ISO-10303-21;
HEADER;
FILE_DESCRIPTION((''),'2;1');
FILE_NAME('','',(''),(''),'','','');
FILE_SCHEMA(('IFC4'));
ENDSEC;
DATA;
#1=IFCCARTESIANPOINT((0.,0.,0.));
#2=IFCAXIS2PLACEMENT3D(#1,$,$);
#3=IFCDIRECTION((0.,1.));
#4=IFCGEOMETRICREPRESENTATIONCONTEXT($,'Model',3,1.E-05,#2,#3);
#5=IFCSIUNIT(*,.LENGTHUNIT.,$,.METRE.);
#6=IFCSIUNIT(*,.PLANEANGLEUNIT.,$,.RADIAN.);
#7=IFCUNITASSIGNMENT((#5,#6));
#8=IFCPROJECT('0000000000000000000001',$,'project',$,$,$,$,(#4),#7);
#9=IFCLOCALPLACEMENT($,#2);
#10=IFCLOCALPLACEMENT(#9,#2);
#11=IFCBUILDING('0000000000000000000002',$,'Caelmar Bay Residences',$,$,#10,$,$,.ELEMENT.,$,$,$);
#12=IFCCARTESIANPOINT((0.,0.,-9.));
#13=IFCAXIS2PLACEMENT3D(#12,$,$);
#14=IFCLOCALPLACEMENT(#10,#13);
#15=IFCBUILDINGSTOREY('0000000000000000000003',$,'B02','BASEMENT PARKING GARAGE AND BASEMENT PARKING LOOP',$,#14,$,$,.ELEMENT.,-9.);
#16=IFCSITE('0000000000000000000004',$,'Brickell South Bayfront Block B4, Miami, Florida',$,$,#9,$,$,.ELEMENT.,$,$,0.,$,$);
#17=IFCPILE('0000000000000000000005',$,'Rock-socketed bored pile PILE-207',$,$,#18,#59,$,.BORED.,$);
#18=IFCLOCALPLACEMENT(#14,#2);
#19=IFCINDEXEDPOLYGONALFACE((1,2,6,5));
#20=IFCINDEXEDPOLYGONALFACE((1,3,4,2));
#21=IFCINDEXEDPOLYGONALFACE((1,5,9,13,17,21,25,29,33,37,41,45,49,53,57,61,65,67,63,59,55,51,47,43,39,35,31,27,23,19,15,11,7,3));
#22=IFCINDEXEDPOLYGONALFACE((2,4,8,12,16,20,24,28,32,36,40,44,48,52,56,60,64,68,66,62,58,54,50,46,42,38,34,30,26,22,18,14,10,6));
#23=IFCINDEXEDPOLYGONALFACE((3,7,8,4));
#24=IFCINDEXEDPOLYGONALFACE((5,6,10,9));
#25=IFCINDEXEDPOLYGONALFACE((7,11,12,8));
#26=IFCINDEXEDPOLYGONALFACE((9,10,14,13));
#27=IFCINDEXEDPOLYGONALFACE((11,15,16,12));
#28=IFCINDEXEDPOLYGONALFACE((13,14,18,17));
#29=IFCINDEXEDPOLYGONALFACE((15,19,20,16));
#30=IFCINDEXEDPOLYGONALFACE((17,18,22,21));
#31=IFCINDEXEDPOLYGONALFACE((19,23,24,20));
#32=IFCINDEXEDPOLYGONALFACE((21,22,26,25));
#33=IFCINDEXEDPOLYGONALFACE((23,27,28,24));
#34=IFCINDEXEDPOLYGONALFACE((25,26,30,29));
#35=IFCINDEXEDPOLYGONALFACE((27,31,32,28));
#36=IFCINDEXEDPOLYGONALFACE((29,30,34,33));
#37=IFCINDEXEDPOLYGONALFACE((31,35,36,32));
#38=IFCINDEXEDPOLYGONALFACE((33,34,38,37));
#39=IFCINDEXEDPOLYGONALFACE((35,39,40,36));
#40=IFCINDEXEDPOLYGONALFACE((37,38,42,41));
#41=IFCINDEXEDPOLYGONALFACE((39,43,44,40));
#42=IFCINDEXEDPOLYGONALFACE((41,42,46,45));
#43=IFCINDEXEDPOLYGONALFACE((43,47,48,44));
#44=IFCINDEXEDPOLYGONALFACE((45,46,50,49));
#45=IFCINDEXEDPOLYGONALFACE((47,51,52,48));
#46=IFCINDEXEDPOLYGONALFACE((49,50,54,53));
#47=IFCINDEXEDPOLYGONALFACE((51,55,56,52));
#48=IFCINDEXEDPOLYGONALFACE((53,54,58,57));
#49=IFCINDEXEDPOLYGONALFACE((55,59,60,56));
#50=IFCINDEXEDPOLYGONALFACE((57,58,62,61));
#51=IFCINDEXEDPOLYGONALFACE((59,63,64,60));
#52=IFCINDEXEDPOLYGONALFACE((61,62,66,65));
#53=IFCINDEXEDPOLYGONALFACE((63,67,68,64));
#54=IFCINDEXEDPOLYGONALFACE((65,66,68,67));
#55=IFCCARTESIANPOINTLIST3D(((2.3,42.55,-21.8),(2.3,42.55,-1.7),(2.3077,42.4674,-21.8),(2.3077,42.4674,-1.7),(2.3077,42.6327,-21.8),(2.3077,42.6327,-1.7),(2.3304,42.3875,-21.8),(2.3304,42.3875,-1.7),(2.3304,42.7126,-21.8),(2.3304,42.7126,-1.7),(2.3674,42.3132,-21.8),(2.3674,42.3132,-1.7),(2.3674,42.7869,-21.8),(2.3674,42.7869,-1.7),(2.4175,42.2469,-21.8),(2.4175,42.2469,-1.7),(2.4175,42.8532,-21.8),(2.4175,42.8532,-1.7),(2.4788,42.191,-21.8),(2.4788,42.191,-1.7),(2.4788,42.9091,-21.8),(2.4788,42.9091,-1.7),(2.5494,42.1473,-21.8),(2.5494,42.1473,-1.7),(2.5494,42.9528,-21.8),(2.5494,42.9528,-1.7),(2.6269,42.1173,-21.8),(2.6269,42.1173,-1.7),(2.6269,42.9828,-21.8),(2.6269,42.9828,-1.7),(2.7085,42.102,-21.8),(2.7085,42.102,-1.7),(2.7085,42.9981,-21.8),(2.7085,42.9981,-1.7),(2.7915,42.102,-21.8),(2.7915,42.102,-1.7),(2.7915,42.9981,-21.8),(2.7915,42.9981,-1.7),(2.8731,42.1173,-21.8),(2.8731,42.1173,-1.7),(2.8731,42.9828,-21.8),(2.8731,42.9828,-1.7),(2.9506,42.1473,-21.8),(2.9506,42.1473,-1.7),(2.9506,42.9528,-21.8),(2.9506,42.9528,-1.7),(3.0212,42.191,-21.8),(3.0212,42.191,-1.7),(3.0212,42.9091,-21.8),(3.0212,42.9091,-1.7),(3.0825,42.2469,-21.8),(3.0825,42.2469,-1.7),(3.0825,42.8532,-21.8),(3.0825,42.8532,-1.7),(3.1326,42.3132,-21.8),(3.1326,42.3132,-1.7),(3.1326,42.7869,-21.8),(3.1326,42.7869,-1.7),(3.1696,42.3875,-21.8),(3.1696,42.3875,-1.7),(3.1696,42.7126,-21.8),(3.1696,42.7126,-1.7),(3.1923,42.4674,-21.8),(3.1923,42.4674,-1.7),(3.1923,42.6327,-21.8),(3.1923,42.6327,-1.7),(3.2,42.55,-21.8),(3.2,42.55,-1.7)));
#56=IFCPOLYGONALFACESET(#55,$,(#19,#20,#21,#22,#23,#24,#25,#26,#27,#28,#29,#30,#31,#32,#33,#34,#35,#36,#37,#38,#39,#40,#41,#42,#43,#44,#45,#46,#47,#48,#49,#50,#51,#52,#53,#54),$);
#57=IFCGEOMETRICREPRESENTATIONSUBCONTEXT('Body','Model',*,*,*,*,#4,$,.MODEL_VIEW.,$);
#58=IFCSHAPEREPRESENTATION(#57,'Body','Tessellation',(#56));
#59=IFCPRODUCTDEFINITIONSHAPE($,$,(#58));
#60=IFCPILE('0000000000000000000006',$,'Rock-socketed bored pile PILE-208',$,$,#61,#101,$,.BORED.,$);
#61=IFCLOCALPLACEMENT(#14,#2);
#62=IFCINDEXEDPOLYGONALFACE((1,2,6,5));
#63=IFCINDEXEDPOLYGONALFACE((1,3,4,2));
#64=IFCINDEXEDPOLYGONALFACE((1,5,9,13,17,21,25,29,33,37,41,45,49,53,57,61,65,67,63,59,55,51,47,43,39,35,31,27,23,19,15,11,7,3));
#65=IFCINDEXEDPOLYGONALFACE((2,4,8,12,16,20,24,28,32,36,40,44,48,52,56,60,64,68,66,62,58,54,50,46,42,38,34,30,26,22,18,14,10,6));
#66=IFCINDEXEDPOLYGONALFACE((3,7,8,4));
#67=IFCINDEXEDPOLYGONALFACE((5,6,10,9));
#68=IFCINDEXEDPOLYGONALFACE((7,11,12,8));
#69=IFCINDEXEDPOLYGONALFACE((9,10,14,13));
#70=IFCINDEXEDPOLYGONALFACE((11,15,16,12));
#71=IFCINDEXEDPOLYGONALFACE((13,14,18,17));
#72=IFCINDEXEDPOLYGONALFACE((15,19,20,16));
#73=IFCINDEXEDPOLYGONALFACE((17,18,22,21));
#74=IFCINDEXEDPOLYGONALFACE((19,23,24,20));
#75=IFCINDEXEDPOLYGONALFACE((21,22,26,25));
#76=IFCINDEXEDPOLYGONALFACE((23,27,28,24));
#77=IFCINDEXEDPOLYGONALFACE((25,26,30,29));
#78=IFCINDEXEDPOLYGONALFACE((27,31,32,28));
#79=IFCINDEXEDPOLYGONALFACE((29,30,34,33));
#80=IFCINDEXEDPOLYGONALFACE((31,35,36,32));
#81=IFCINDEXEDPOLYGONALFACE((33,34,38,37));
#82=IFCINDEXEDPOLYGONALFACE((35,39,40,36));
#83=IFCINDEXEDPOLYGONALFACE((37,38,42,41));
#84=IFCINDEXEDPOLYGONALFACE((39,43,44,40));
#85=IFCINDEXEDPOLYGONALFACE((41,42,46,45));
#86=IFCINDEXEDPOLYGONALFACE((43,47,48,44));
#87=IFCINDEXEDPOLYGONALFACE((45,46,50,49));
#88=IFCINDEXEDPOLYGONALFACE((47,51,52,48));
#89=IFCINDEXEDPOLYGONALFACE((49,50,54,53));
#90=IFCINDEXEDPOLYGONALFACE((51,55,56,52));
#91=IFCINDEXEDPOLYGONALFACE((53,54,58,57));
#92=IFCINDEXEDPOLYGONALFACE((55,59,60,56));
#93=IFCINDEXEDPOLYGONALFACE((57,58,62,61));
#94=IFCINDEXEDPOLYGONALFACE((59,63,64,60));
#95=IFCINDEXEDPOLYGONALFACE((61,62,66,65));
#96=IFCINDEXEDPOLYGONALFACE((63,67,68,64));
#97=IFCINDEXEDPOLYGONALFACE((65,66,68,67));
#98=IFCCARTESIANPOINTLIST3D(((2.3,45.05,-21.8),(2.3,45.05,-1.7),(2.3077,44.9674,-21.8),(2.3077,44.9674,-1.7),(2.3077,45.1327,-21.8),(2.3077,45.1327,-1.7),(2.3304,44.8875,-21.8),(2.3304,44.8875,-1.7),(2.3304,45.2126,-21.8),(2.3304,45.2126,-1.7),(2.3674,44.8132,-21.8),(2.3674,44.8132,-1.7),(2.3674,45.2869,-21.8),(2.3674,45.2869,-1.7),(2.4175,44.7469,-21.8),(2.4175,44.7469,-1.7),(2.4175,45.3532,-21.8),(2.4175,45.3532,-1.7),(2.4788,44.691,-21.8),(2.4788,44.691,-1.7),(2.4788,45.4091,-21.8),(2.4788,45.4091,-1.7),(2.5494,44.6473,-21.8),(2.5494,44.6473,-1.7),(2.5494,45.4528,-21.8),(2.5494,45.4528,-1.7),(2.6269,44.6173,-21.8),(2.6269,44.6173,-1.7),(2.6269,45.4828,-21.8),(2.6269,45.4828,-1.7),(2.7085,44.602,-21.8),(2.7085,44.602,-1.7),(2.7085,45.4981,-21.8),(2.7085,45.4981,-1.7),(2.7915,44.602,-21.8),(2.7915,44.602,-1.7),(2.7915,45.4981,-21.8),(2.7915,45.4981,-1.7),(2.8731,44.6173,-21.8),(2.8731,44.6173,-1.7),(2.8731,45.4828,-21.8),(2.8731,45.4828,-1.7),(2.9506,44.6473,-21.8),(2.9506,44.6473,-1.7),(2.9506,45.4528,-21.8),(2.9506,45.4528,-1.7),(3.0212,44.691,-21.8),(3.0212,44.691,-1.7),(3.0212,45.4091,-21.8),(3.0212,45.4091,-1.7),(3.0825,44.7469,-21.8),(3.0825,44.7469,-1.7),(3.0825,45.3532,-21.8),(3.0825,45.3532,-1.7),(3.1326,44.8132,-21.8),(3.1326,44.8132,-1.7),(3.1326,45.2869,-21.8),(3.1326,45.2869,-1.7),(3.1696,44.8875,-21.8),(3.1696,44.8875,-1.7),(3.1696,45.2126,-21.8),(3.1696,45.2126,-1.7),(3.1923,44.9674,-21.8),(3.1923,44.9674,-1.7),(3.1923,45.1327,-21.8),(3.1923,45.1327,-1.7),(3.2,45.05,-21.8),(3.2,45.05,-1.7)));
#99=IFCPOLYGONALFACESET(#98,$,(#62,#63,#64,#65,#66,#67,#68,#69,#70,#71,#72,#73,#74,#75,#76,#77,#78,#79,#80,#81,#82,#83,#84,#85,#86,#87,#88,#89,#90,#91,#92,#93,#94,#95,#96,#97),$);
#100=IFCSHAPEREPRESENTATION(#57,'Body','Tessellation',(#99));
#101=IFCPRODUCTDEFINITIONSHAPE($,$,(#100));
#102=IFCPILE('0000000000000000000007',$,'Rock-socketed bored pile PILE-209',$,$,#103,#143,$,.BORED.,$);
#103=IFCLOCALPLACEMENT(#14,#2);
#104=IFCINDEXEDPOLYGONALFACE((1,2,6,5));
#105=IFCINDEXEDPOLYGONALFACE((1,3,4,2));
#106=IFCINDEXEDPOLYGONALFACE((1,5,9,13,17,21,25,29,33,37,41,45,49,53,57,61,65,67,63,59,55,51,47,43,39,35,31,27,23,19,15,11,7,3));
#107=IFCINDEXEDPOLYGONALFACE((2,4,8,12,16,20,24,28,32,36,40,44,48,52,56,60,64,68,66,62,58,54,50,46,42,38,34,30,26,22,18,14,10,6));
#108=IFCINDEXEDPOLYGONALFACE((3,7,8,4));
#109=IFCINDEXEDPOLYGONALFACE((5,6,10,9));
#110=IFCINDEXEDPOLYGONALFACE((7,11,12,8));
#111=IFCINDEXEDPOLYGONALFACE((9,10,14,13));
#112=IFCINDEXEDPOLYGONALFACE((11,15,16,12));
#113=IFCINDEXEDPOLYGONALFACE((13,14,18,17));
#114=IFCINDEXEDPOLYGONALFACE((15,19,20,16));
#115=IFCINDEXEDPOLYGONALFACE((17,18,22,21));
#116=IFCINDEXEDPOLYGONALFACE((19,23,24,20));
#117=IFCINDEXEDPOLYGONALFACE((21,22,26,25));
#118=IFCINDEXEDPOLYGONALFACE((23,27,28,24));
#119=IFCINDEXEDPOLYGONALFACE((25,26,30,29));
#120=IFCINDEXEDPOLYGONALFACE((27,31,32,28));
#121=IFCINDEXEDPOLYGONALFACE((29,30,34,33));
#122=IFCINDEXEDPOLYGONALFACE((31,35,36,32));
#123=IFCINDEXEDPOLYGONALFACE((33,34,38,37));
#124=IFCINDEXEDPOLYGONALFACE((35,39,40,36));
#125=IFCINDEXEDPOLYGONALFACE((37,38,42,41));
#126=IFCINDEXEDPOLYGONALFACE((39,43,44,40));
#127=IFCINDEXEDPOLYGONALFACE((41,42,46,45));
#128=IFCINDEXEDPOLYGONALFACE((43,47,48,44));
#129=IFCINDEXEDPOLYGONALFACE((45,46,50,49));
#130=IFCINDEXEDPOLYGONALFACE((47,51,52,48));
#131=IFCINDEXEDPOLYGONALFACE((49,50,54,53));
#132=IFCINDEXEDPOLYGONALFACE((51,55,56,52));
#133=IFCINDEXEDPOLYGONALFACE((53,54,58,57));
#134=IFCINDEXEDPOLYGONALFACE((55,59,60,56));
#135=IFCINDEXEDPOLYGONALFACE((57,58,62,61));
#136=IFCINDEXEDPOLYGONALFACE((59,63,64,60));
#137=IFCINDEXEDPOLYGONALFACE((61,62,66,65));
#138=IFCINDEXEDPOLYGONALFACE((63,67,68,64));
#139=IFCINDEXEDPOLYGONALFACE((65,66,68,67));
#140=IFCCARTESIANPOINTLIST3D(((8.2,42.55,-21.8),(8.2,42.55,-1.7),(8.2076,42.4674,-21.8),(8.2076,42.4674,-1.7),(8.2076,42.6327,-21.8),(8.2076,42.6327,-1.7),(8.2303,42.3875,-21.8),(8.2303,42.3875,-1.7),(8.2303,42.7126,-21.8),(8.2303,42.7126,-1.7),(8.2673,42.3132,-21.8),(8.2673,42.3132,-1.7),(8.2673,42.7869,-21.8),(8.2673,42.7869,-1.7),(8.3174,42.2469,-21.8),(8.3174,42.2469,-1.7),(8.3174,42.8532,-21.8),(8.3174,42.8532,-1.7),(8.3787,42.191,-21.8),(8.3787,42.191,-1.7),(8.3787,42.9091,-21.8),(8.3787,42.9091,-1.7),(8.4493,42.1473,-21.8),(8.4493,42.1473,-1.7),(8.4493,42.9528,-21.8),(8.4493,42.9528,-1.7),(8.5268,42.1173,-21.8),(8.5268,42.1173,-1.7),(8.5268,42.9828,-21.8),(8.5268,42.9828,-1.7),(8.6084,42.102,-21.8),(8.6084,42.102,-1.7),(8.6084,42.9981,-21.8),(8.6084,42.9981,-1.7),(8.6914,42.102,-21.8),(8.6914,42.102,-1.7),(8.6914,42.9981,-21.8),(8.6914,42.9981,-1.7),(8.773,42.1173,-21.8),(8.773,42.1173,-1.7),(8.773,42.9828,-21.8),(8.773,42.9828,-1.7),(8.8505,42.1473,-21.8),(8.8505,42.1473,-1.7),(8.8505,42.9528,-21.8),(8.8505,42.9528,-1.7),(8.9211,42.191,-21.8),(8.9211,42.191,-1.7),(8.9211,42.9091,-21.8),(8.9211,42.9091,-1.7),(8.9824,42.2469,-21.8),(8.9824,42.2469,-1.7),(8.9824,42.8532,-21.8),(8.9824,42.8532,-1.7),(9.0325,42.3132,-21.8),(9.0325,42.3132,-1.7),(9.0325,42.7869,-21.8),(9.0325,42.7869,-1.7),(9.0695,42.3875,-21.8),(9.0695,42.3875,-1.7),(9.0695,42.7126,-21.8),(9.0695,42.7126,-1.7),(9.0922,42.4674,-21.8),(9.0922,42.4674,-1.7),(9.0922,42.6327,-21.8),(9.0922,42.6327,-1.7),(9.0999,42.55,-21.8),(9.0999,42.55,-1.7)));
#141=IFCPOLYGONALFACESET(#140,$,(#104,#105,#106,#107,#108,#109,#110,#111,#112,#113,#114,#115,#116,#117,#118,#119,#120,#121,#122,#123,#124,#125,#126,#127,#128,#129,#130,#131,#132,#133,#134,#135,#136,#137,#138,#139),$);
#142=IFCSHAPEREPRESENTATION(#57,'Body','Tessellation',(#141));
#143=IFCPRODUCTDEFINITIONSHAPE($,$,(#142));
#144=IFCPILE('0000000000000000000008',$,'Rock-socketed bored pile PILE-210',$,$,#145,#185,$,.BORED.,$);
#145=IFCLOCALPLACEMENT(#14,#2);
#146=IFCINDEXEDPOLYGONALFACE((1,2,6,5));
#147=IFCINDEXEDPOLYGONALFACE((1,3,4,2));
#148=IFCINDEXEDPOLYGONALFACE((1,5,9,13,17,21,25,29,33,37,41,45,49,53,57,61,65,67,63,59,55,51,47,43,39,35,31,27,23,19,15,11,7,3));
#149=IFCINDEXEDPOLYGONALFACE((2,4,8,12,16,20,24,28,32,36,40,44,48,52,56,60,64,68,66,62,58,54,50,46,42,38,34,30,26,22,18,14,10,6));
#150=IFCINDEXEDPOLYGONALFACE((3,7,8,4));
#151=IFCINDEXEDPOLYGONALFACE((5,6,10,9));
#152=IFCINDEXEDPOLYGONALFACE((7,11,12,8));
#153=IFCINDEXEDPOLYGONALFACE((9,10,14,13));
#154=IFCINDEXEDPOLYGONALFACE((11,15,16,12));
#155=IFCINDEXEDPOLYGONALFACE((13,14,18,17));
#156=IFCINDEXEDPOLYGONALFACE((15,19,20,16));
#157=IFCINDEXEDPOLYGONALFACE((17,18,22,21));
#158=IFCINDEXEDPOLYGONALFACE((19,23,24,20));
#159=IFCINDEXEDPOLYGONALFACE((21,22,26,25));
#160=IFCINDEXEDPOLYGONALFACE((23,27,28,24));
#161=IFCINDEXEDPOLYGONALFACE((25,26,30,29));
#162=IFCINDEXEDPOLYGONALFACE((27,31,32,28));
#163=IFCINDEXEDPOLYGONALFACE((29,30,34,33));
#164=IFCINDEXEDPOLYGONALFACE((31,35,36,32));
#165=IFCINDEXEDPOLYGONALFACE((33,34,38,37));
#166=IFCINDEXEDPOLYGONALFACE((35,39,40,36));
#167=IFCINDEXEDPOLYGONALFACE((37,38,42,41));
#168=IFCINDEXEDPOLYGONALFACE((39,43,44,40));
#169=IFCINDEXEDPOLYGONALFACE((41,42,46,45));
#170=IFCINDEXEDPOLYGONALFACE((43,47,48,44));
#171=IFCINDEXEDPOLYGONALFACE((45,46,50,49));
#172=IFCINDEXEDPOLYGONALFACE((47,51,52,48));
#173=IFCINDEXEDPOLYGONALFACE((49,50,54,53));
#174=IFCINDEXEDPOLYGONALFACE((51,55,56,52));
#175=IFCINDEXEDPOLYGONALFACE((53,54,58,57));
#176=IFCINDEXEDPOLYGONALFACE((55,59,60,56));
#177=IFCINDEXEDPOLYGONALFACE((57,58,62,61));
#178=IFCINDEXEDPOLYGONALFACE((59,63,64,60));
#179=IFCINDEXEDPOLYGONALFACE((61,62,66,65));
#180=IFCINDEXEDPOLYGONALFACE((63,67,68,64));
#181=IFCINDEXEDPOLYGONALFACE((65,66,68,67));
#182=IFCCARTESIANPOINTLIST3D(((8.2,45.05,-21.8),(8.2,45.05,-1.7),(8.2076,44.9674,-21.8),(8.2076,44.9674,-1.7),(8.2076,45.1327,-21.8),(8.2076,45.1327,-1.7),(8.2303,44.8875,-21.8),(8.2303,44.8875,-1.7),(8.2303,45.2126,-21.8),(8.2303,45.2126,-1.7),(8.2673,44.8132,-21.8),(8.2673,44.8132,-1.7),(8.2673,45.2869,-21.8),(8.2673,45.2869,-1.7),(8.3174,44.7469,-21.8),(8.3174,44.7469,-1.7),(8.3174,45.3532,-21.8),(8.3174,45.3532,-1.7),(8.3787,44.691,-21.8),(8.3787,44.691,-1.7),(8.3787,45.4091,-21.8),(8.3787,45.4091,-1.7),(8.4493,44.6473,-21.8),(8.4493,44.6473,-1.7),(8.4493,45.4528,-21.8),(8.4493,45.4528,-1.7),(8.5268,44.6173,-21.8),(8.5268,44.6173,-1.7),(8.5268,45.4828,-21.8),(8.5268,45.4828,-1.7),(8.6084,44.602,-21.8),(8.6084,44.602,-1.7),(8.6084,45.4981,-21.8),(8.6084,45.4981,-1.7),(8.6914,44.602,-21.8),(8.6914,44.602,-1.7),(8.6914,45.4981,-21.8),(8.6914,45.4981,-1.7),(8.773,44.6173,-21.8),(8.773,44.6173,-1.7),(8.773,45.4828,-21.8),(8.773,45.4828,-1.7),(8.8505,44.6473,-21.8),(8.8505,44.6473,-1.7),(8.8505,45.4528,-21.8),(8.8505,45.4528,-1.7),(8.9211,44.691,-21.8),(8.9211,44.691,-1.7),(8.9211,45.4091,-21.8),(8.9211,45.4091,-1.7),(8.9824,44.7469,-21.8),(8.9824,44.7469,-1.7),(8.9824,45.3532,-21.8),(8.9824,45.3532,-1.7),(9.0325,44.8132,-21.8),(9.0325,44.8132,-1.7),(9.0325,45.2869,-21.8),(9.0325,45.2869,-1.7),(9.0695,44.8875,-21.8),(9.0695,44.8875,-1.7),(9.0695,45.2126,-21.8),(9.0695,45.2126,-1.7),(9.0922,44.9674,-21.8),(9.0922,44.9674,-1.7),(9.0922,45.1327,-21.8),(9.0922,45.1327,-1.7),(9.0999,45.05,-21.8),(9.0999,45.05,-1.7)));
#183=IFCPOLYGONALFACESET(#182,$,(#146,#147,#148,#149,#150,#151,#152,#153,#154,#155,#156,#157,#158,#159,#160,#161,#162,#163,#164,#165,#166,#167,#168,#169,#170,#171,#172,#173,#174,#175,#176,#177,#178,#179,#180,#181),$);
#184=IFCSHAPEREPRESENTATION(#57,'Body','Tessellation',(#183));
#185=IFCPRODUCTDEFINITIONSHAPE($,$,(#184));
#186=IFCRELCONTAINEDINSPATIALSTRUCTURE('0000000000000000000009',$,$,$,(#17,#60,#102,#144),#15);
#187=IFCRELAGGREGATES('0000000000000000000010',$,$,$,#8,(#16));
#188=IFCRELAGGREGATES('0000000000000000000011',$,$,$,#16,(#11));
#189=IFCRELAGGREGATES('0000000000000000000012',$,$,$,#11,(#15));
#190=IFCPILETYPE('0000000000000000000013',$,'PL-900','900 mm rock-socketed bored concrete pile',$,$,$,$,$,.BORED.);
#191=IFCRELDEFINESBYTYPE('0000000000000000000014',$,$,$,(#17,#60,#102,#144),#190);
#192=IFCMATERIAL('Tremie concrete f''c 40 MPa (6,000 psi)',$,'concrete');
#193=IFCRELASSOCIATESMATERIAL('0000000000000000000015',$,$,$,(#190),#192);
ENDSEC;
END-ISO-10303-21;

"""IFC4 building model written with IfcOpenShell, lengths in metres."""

from ifc_helpers import new_model, si_unit, direction, frame, origin, origin_2d, place, context, subcontext, project, spatial, circle, extrude, material, material_profile, profile_set, type_object, element, save


model = new_model("IFC4")

# Units and contexts
model_context = context("Model", 3, precision=1e-05, world=origin(), true_north=direction((0.0, 1.0)))
body_context = subcontext(model_context, "Body", "Model", "MODEL_VIEW")
ifc_project = project(units=[si_unit("LENGTHUNIT", "METRE"), si_unit("PLANEANGLEUNIT", "RADIAN")], contexts=[model_context])

# Site, building, storey
site_placement = place(None, origin())
site = spatial("IfcSite", under=ifc_project, at=site_placement, Name="Brickell South Bayfront Block B4, Miami, Florida", CompositionType="ELEMENT", RefElevation=0.0)
building_placement = place(site_placement, origin())
building = spatial("IfcBuilding", under=site, at=building_placement, Name="Caelmar Bay Residences", CompositionType="ELEMENT")
storey_placement = place(building_placement, frame((0.0, 0.0, -9.0)))
storey = spatial("IfcBuildingStorey", under=building, at=storey_placement, Name="B02", Description="BASEMENT PARKING GARAGE AND BASEMENT PARKING LOOP", CompositionType="ELEMENT", Elevation=-9.0)

# Piles
ifc_material_1 = material(Name="Tremie concrete f'c 40 MPa (6,000 psi)", Category="concrete")
ifc_material_profile_1 = material_profile(ifc_material_1, circle(Radius=0.45, at=origin_2d()), Name="PILE-900D")
ifc_profile_set_1 = profile_set([ifc_material_profile_1], Name="Tremie concrete f'c 40 MPa (6,000 psi)")
pile_type_1 = type_object("IfcPileType", Name="PL-900", Description="900 mm rock-socketed bored concrete pile", PredefinedType="BORED", material=ifc_profile_set_1)
for number, where, z_axis, x_axis, name in (
    (1, (2.75, 42.55, -1.7), (0.0, 0.0, -1.0), (1.0, 0.0, 0.0), "Rock-socketed bored pile PILE-207"),
    (2, (2.75, 45.05, -1.7), (0.0, 0.0, -1.0), (1.0, 0.0, 0.0), "Rock-socketed bored pile PILE-208"),
    (3, (8.6499, 42.55, -1.7), (0.0, 0.0, -1.0), (1.0, 0.0, 0.0), "Rock-socketed bored pile PILE-209"),
    (4, (8.6499, 45.05, -1.7), (0.0, 0.0, -1.0), (1.0, 0.0, 0.0), "Rock-socketed bored pile PILE-210"),
):
    element("IfcPile", number, at=place(storey_placement, frame(where, z_axis=z_axis, x_axis=x_axis)), inside=storey, type_object=pile_type_1, Name=name, PredefinedType="BORED", context=body_context, shape_type="SweptSolid", body=[
        extrude(circle(Radius=0.45, at=origin_2d()), origin(), (0.0, 0.0, 1.0), 20.1001),
    ])

save(model, "model.ifc")
